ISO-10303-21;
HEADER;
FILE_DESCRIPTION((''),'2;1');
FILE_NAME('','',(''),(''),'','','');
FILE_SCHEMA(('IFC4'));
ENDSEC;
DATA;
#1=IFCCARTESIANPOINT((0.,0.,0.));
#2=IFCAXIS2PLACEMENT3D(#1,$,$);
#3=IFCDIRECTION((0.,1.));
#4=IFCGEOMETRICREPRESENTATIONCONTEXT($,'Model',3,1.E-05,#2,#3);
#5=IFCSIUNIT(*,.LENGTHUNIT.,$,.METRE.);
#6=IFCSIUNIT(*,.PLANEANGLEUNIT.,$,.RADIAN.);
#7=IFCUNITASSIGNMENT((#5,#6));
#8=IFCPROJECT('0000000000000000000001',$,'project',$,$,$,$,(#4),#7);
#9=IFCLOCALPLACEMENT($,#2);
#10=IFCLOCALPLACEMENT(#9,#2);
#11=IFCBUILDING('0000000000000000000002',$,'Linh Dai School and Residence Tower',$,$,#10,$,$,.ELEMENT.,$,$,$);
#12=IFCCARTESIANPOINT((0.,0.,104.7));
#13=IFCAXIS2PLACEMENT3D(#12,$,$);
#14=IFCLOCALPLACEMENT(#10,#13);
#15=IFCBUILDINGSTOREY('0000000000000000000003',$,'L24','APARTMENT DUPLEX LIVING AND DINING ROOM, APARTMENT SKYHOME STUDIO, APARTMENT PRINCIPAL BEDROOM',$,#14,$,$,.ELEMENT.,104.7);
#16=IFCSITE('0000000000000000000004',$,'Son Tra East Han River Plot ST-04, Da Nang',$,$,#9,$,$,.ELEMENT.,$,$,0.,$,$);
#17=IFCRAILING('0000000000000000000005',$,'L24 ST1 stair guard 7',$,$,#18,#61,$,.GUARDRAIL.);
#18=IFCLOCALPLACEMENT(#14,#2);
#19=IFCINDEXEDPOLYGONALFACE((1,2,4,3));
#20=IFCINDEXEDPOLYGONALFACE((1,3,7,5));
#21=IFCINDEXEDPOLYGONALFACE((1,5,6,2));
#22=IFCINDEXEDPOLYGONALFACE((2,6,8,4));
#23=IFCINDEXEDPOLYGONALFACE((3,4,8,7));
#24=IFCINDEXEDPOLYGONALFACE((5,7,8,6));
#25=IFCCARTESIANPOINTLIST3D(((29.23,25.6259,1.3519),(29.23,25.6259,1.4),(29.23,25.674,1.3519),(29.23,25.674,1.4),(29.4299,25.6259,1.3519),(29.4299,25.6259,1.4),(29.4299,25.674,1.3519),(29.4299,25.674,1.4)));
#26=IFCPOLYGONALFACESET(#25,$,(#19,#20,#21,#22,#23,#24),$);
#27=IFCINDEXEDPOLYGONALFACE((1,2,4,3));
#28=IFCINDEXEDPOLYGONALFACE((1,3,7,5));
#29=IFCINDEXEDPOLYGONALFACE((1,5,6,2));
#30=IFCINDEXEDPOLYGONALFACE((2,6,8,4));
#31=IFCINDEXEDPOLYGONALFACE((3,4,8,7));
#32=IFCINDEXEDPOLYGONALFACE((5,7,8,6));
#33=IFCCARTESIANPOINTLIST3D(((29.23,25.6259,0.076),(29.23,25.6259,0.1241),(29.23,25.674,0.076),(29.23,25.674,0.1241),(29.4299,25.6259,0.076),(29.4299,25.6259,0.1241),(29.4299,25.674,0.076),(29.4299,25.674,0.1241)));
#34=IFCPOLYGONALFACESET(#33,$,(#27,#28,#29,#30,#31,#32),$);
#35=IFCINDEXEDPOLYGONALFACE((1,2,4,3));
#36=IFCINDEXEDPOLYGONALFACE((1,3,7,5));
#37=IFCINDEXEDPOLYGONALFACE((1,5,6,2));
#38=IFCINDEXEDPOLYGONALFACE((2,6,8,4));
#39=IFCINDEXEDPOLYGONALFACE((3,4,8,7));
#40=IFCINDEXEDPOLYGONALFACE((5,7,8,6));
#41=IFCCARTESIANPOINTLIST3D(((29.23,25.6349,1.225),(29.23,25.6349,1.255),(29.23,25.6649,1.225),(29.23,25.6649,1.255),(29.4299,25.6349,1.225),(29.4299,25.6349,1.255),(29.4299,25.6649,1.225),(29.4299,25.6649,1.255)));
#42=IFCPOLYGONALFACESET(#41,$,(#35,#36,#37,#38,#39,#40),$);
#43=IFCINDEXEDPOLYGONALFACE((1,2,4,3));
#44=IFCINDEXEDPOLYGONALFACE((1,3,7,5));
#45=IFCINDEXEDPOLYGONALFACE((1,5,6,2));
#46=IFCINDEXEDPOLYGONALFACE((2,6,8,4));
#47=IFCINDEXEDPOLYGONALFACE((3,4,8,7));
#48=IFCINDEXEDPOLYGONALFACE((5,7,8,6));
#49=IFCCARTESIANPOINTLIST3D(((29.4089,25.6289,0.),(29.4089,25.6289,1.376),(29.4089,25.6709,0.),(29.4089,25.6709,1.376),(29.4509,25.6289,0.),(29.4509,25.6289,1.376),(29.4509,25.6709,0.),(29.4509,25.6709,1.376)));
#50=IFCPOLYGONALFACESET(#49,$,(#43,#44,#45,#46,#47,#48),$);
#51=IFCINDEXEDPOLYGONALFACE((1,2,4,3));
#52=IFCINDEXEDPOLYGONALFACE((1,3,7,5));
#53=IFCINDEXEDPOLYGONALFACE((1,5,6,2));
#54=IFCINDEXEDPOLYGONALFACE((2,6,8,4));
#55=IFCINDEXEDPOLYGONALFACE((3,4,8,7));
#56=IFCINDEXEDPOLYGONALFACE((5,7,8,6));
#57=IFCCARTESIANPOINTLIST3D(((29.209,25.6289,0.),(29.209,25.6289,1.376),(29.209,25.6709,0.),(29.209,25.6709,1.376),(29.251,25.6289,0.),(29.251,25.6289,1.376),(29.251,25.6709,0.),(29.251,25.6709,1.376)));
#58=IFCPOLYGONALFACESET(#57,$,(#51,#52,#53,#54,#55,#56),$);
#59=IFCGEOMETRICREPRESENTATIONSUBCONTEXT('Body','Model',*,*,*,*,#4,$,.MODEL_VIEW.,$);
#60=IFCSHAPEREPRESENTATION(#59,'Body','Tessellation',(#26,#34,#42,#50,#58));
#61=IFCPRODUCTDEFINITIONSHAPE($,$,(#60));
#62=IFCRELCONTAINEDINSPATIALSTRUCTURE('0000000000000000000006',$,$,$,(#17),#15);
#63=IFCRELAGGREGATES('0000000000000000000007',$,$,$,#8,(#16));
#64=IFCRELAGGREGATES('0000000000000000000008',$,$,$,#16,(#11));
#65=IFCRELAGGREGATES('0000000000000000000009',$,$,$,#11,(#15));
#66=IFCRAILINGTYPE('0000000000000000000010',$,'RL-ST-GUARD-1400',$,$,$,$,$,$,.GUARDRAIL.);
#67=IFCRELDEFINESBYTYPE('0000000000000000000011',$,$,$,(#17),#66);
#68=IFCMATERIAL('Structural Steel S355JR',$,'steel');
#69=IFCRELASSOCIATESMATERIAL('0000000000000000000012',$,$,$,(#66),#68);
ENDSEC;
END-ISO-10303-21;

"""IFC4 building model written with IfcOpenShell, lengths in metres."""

from ifc_helpers import new_model, si_unit, direction, frame, origin, origin_2d, place, context, subcontext, project, spatial, rectangle, extrude, source, transform, mapped, material, type_object, element, save


model = new_model("IFC4")

# Units and contexts
model_context = context("Model", 3, precision=1e-05, world=origin(), true_north=direction((0.0, 1.0)))
body_context = subcontext(model_context, "Body", "Model", "MODEL_VIEW")
ifc_project = project(units=[si_unit("LENGTHUNIT", "METRE"), si_unit("PLANEANGLEUNIT", "RADIAN")], contexts=[model_context])

# Site, building, storey
site_placement = place(None, origin())
site = spatial("IfcSite", under=ifc_project, at=site_placement, Name="Son Tra East Han River Plot ST-04, Da Nang", CompositionType="ELEMENT", RefElevation=0.0)
building_placement = place(site_placement, origin())
building = spatial("IfcBuilding", under=site, at=building_placement, Name="Linh Dai School and Residence Tower", CompositionType="ELEMENT")
storey_placement = place(building_placement, frame((0.0, 0.0, 104.7)))
storey = spatial("IfcBuildingStorey", under=building, at=storey_placement, Name="L24", Description="APARTMENT DUPLEX LIVING AND DINING ROOM, APARTMENT SKYHOME STUDIO, APARTMENT PRINCIPAL BEDROOM", CompositionType="ELEMENT", Elevation=104.7)

# Shared definitions
ifc_material_1 = material(Name="Structural Steel S355JR", Category="steel")

# Railing
railing_type = type_object("IfcRailingType", Name="RL-ST-GUARD-1400", PredefinedType="GUARDRAIL", material=ifc_material_1)
shared_shape_1 = source(origin(), body_context, "Body", "SweptSolid", [
    extrude(rectangle(XDim=0.0481, YDim=0.0481, at=origin_2d()), frame((0.0, 0.0, 1.376), z_axis=(-1.0, 0.0, 0.0), x_axis=(0.0, -1.0, 0.0)), (0.0, 0.0, 1.0), 0.2),
    extrude(rectangle(XDim=0.0481, YDim=0.0481, at=origin_2d()), frame((0.0, 0.0, 0.1001), z_axis=(-1.0, 0.0, 0.0), x_axis=(0.0, -1.0, 0.0)), (0.0, 0.0, 1.0), 0.2),
    extrude(rectangle(XDim=0.03, YDim=0.03, at=origin_2d()), frame((0.0, 0.0, 1.24), z_axis=(-1.0, 0.0, 0.0), x_axis=(0.0, -1.0, 0.0)), (0.0, 0.0, 1.0), 0.2),
    extrude(rectangle(XDim=0.042, YDim=0.042, at=origin_2d()), origin(), (0.0, 0.0, 1.0), 1.376),
    extrude(rectangle(XDim=0.042, YDim=0.042, at=origin_2d()), frame((-0.2, 0.0, 0.0)), (0.0, 0.0, 1.0), 1.376),
])
railing_1_placement = place(storey_placement, frame((29.4299, 25.6499, 0.0)))
element("IfcRailing", 1, at=railing_1_placement, inside=storey, type_object=railing_type, Name="L24 ST1 stair guard 7", PredefinedType="GUARDRAIL", context=body_context, shape_type="MappedRepresentation", body=[
    mapped(shared_shape_1, transform((0.0, 0.0, 0.0), x_axis=(1.0, 0.0, 0.0), y_axis=(0.0, 1.0, 0.0), z_axis=(0.0, 0.0, 1.0), scale=1.0)),
])

save(model, "model.ifc")
